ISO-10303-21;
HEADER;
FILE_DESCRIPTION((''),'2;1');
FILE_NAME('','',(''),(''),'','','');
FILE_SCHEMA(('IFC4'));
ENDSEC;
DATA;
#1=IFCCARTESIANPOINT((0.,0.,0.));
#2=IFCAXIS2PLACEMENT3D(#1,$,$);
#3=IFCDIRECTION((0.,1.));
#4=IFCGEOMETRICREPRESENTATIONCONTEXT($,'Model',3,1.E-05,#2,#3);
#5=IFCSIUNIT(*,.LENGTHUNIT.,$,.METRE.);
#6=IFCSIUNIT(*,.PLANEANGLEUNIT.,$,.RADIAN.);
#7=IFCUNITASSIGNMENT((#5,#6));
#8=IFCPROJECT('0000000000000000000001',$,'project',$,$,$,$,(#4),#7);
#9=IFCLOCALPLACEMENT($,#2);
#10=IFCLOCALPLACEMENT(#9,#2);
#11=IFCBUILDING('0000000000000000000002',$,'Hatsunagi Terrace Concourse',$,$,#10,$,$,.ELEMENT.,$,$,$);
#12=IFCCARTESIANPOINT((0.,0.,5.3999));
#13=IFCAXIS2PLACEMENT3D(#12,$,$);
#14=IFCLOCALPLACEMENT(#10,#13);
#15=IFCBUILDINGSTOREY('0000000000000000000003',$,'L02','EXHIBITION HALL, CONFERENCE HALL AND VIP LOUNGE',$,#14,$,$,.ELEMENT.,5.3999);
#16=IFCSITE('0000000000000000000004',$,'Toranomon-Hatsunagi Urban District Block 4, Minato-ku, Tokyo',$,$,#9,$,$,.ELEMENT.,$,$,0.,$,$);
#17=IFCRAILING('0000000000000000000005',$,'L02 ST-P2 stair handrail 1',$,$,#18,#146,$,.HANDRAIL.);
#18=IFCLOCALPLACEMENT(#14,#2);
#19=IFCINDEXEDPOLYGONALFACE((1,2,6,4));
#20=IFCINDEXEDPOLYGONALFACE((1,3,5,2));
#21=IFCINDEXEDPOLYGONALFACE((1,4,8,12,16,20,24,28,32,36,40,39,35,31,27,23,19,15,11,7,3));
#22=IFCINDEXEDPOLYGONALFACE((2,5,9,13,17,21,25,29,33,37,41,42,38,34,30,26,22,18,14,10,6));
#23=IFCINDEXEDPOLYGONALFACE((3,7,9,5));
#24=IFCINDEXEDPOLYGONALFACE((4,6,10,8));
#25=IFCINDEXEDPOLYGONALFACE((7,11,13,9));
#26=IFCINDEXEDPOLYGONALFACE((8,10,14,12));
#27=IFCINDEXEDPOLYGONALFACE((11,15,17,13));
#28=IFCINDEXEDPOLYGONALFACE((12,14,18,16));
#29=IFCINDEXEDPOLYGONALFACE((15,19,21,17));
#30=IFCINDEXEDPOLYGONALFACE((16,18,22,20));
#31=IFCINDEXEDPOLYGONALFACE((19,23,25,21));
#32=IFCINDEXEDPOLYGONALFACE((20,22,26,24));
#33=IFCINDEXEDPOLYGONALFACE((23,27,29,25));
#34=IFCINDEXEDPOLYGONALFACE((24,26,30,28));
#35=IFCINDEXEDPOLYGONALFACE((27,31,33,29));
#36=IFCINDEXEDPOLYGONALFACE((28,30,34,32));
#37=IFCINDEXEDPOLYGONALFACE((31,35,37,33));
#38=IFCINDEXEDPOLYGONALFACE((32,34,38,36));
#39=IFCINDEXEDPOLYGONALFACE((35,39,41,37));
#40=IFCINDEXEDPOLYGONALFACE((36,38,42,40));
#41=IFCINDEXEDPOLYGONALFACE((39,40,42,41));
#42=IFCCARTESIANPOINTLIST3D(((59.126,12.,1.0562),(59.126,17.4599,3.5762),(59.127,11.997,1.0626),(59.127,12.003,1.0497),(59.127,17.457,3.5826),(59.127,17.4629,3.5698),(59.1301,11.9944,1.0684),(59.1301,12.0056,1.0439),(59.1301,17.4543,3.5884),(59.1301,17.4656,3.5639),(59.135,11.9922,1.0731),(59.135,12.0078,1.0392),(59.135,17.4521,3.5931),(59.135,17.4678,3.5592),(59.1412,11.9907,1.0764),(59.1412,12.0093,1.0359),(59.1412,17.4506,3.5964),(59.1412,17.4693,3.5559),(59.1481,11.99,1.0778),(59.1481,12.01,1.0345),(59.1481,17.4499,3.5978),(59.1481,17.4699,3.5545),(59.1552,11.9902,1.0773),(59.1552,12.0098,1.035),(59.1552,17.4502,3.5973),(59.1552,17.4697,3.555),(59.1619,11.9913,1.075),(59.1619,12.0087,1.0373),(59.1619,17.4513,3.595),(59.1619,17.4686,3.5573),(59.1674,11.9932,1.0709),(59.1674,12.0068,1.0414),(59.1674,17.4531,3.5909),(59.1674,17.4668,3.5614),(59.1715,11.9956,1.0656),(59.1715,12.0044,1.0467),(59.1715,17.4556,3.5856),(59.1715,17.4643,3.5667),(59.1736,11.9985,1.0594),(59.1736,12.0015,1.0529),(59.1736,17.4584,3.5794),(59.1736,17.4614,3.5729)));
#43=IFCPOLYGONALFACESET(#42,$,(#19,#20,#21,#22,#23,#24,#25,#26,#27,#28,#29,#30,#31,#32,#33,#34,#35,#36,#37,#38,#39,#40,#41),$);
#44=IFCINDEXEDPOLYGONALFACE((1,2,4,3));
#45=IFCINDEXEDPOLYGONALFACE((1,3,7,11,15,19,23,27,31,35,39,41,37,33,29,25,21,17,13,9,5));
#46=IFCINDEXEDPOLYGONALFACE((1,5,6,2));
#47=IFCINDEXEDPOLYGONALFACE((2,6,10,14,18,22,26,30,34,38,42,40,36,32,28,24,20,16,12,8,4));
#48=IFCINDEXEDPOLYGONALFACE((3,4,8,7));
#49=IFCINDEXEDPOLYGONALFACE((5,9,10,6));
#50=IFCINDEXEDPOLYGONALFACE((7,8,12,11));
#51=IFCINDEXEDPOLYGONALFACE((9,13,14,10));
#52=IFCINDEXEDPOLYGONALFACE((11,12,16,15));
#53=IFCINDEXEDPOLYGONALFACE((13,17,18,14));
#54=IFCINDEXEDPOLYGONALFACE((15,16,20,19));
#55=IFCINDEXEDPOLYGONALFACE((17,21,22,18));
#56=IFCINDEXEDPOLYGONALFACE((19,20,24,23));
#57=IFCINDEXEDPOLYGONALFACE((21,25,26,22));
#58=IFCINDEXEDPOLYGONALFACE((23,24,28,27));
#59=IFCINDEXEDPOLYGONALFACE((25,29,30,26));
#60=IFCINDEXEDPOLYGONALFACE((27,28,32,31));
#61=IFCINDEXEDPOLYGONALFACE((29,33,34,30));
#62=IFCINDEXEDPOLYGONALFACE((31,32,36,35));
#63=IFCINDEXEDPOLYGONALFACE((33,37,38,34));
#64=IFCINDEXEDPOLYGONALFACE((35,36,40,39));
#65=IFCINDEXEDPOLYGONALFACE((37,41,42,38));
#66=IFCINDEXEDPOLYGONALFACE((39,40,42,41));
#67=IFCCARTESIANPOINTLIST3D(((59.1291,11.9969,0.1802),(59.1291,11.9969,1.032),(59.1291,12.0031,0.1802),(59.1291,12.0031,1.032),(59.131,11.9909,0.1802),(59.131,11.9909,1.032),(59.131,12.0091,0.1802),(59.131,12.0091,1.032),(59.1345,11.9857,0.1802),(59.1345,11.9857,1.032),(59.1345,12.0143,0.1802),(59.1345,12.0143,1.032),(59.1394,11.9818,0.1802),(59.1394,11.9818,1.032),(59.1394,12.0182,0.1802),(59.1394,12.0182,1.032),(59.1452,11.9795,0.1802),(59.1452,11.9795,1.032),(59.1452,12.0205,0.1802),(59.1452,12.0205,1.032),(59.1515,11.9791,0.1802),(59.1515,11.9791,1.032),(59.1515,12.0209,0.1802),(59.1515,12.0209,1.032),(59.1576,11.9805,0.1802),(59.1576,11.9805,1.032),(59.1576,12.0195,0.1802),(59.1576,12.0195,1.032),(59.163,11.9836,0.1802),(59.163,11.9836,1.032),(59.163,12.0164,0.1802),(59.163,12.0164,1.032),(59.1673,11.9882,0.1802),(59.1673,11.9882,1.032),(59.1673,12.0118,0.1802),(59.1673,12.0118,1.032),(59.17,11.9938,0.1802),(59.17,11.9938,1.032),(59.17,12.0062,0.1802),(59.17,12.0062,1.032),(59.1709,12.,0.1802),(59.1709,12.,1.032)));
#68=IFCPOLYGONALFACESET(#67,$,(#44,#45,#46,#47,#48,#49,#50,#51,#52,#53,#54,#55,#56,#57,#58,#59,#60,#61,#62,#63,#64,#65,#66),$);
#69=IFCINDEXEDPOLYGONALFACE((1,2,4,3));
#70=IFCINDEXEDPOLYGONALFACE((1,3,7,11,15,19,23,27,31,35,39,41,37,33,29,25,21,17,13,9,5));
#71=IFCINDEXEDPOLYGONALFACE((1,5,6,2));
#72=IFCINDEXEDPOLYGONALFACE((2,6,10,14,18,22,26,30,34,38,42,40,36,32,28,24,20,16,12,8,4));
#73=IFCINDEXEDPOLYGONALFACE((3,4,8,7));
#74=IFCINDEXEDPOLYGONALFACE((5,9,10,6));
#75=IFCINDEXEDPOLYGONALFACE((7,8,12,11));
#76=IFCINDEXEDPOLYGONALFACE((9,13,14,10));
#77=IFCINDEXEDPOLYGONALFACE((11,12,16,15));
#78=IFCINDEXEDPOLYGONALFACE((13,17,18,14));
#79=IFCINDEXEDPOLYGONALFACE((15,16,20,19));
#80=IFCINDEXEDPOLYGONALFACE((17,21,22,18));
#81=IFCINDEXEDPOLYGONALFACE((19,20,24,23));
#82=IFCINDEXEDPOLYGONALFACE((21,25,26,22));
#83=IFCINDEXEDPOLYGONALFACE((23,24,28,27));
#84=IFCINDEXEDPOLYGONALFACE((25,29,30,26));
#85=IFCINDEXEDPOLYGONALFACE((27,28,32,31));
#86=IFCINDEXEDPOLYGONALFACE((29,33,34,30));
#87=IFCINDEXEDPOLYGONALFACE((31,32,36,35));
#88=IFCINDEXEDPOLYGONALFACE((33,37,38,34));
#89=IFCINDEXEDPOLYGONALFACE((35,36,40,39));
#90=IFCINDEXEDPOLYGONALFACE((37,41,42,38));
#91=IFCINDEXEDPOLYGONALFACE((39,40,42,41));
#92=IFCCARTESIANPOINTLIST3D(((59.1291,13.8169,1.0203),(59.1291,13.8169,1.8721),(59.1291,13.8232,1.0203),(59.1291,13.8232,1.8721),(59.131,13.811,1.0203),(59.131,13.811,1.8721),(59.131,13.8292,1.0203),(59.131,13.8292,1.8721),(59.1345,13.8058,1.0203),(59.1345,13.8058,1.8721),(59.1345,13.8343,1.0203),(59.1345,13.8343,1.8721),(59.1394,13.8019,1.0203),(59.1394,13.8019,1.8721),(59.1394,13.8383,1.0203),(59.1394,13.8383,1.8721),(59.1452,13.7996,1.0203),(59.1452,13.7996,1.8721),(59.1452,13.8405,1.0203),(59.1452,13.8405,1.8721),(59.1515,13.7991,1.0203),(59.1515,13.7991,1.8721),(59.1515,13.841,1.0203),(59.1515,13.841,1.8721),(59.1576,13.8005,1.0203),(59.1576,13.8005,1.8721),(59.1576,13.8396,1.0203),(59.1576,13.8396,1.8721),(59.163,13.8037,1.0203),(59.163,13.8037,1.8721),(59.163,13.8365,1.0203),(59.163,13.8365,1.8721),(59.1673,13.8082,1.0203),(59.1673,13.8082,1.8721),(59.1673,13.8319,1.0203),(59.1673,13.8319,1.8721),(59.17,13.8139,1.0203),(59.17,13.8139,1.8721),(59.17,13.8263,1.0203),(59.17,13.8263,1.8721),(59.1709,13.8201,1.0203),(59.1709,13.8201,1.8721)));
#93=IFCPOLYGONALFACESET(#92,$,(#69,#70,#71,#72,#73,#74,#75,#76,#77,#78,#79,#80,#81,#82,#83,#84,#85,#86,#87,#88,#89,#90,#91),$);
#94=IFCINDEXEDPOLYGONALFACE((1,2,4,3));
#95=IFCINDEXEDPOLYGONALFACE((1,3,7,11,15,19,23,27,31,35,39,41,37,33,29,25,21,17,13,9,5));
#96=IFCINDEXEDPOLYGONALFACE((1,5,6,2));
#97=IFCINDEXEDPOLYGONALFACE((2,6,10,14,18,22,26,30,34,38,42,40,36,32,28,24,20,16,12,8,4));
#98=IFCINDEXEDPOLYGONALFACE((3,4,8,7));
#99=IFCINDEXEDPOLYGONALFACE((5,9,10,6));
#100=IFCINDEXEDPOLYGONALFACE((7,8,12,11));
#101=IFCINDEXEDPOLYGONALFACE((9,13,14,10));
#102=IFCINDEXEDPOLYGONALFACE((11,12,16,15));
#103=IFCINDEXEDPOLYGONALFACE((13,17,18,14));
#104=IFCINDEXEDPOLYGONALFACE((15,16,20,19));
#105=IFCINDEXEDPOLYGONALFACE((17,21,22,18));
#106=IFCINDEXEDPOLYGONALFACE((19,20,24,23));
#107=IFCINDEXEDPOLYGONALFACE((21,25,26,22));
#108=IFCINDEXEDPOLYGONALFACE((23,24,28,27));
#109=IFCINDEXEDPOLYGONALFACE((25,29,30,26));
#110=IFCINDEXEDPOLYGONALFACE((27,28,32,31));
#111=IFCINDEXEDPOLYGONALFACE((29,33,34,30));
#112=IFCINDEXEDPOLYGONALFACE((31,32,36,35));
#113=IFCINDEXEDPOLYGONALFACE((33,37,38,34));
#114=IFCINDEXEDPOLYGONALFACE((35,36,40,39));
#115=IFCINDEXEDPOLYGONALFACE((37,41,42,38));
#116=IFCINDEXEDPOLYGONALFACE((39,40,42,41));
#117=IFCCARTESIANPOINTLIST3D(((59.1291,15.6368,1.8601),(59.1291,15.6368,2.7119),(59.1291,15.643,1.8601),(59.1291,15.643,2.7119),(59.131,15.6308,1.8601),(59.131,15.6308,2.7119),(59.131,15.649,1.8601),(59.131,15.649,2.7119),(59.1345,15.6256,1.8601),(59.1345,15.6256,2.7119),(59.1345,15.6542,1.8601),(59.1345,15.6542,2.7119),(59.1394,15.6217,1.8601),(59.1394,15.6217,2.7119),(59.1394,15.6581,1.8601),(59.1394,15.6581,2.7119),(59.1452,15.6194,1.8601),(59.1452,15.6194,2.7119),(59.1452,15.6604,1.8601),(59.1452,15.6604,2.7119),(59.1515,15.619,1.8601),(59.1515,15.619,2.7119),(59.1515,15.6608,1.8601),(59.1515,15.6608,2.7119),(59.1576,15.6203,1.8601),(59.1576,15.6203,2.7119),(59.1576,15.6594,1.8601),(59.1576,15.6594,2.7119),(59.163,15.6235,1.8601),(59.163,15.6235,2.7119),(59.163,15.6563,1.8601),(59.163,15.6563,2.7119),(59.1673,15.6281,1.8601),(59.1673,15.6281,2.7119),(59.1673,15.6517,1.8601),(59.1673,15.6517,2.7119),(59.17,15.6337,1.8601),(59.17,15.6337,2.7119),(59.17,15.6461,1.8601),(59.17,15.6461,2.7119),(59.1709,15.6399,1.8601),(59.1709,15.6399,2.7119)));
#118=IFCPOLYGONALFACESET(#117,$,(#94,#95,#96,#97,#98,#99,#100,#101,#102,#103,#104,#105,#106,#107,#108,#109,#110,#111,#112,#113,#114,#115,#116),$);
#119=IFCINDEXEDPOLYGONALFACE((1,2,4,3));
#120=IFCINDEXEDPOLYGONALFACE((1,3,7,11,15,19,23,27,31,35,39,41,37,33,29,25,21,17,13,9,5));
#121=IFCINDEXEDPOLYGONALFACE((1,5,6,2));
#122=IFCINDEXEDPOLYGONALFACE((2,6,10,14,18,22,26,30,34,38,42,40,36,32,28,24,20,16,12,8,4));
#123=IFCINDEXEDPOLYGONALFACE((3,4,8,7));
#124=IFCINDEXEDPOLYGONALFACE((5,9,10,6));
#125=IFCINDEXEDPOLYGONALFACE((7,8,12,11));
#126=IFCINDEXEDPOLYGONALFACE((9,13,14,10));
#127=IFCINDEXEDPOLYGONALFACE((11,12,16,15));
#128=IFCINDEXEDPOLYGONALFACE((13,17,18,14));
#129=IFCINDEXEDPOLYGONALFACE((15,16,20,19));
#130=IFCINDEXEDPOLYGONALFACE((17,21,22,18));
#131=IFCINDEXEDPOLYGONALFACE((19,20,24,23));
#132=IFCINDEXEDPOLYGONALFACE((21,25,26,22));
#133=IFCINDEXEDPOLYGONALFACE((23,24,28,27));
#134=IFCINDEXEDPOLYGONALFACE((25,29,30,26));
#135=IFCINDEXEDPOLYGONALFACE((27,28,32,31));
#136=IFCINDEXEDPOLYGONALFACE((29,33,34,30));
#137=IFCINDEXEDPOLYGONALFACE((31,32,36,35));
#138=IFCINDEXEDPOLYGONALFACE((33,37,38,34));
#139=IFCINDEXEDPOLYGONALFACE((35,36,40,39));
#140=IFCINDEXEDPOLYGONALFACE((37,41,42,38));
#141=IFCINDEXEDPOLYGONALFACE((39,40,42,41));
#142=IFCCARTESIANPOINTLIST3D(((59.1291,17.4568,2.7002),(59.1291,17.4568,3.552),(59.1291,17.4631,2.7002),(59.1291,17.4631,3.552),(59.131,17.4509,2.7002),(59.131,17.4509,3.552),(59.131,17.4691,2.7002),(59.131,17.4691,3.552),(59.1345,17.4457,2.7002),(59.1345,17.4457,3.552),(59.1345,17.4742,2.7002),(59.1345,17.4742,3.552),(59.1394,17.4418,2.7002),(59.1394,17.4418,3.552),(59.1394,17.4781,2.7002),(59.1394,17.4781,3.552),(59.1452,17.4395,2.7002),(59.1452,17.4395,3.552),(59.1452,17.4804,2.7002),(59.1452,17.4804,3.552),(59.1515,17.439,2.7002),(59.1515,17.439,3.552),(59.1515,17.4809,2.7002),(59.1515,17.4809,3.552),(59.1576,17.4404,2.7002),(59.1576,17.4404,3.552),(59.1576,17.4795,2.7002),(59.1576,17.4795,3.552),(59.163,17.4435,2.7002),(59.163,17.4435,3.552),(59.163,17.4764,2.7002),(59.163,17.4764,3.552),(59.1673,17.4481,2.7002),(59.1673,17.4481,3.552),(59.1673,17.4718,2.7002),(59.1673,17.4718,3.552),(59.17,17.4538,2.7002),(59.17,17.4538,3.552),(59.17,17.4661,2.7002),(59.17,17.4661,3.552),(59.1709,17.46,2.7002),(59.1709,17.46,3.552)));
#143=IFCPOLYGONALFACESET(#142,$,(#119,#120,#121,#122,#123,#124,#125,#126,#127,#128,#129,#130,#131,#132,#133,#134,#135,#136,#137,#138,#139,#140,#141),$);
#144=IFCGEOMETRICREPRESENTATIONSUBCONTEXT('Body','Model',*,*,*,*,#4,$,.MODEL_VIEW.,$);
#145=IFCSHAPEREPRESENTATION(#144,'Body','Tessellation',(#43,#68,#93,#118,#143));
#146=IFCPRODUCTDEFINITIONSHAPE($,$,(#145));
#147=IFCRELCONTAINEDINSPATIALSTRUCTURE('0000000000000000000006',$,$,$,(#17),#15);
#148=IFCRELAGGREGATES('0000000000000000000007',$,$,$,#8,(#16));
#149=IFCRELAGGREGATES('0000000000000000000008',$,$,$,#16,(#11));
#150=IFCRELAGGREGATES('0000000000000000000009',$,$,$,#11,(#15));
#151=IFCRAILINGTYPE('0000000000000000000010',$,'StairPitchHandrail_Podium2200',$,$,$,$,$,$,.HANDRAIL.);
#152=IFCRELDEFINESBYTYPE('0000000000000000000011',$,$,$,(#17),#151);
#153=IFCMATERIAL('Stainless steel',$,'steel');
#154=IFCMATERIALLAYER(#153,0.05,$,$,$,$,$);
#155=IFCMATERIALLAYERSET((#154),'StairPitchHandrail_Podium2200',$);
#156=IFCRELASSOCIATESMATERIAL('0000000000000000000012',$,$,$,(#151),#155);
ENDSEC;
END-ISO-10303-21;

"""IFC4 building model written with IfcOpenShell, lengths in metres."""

from ifc_helpers import new_model, si_unit, direction, frame, origin, origin_2d, place, context, subcontext, project, spatial, circle, extrude, material, layer, layer_set, type_object, element, save


model = new_model("IFC4")

# Units and contexts
model_context = context("Model", 3, precision=1e-05, world=origin(), true_north=direction((0.0, 1.0)))
body_context = subcontext(model_context, "Body", "Model", "MODEL_VIEW")
ifc_project = project(units=[si_unit("LENGTHUNIT", "METRE"), si_unit("PLANEANGLEUNIT", "RADIAN")], contexts=[model_context])

# Site, building, storey
site_placement = place(None, origin())
site = spatial("IfcSite", under=ifc_project, at=site_placement, Name="Toranomon-Hatsunagi Urban District Block 4, Minato-ku, Tokyo", CompositionType="ELEMENT", RefElevation=0.0)
building_placement = place(site_placement, origin())
building = spatial("IfcBuilding", under=site, at=building_placement, Name="Hatsunagi Terrace Concourse", CompositionType="ELEMENT")
storey_placement = place(building_placement, frame((0.0, 0.0, 5.3999)))
storey = spatial("IfcBuildingStorey", under=building, at=storey_placement, Name="L02", Description="EXHIBITION HALL, CONFERENCE HALL AND VIP LOUNGE", CompositionType="ELEMENT", Elevation=5.3999)

# Railing
ifc_material_1 = material(Name="Stainless steel", Category="steel")
ifc_layer_1 = layer(ifc_material_1, 0.05)
ifc_layer_set_1 = layer_set([ifc_layer_1], Name="StairPitchHandrail_Podium2200")
railing_type = type_object("IfcRailingType", Name="StairPitchHandrail_Podium2200", PredefinedType="HANDRAIL", material=ifc_layer_set_1)
railing_placement = place(storey_placement, frame((59.1499, 12.0, 0.1802)))
element("IfcRailing", 1, at=railing_placement, inside=storey, type_object=railing_type, Name="L02 ST-P2 stair handrail 1", PredefinedType="HANDRAIL", context=body_context, shape_type="SweptSolid", body=[
    extrude(circle(Radius=0.0239, at=origin_2d()), frame((0.0, 0.0, 0.876), z_axis=(0.0, 0.907957, 0.419063), x_axis=(-1.0, 0.0, 0.0)), (0.0, 0.0, 1.0), 6.0134),
    extrude(circle(Radius=0.021, at=origin_2d()), origin(), (0.0, 0.0, 1.0), 0.8518),
    extrude(circle(Radius=0.021, at=origin_2d()), frame((0.0, 1.8201, 0.8401)), (0.0, 0.0, 1.0), 0.8518),
    extrude(circle(Radius=0.021, at=origin_2d()), frame((0.0, 3.6399, 1.6799)), (0.0, 0.0, 1.0), 0.8518),
    extrude(circle(Radius=0.021, at=origin_2d()), frame((0.0, 5.46, 2.52)), (0.0, 0.0, 1.0), 0.8518),
])

save(model, "model.ifc")
